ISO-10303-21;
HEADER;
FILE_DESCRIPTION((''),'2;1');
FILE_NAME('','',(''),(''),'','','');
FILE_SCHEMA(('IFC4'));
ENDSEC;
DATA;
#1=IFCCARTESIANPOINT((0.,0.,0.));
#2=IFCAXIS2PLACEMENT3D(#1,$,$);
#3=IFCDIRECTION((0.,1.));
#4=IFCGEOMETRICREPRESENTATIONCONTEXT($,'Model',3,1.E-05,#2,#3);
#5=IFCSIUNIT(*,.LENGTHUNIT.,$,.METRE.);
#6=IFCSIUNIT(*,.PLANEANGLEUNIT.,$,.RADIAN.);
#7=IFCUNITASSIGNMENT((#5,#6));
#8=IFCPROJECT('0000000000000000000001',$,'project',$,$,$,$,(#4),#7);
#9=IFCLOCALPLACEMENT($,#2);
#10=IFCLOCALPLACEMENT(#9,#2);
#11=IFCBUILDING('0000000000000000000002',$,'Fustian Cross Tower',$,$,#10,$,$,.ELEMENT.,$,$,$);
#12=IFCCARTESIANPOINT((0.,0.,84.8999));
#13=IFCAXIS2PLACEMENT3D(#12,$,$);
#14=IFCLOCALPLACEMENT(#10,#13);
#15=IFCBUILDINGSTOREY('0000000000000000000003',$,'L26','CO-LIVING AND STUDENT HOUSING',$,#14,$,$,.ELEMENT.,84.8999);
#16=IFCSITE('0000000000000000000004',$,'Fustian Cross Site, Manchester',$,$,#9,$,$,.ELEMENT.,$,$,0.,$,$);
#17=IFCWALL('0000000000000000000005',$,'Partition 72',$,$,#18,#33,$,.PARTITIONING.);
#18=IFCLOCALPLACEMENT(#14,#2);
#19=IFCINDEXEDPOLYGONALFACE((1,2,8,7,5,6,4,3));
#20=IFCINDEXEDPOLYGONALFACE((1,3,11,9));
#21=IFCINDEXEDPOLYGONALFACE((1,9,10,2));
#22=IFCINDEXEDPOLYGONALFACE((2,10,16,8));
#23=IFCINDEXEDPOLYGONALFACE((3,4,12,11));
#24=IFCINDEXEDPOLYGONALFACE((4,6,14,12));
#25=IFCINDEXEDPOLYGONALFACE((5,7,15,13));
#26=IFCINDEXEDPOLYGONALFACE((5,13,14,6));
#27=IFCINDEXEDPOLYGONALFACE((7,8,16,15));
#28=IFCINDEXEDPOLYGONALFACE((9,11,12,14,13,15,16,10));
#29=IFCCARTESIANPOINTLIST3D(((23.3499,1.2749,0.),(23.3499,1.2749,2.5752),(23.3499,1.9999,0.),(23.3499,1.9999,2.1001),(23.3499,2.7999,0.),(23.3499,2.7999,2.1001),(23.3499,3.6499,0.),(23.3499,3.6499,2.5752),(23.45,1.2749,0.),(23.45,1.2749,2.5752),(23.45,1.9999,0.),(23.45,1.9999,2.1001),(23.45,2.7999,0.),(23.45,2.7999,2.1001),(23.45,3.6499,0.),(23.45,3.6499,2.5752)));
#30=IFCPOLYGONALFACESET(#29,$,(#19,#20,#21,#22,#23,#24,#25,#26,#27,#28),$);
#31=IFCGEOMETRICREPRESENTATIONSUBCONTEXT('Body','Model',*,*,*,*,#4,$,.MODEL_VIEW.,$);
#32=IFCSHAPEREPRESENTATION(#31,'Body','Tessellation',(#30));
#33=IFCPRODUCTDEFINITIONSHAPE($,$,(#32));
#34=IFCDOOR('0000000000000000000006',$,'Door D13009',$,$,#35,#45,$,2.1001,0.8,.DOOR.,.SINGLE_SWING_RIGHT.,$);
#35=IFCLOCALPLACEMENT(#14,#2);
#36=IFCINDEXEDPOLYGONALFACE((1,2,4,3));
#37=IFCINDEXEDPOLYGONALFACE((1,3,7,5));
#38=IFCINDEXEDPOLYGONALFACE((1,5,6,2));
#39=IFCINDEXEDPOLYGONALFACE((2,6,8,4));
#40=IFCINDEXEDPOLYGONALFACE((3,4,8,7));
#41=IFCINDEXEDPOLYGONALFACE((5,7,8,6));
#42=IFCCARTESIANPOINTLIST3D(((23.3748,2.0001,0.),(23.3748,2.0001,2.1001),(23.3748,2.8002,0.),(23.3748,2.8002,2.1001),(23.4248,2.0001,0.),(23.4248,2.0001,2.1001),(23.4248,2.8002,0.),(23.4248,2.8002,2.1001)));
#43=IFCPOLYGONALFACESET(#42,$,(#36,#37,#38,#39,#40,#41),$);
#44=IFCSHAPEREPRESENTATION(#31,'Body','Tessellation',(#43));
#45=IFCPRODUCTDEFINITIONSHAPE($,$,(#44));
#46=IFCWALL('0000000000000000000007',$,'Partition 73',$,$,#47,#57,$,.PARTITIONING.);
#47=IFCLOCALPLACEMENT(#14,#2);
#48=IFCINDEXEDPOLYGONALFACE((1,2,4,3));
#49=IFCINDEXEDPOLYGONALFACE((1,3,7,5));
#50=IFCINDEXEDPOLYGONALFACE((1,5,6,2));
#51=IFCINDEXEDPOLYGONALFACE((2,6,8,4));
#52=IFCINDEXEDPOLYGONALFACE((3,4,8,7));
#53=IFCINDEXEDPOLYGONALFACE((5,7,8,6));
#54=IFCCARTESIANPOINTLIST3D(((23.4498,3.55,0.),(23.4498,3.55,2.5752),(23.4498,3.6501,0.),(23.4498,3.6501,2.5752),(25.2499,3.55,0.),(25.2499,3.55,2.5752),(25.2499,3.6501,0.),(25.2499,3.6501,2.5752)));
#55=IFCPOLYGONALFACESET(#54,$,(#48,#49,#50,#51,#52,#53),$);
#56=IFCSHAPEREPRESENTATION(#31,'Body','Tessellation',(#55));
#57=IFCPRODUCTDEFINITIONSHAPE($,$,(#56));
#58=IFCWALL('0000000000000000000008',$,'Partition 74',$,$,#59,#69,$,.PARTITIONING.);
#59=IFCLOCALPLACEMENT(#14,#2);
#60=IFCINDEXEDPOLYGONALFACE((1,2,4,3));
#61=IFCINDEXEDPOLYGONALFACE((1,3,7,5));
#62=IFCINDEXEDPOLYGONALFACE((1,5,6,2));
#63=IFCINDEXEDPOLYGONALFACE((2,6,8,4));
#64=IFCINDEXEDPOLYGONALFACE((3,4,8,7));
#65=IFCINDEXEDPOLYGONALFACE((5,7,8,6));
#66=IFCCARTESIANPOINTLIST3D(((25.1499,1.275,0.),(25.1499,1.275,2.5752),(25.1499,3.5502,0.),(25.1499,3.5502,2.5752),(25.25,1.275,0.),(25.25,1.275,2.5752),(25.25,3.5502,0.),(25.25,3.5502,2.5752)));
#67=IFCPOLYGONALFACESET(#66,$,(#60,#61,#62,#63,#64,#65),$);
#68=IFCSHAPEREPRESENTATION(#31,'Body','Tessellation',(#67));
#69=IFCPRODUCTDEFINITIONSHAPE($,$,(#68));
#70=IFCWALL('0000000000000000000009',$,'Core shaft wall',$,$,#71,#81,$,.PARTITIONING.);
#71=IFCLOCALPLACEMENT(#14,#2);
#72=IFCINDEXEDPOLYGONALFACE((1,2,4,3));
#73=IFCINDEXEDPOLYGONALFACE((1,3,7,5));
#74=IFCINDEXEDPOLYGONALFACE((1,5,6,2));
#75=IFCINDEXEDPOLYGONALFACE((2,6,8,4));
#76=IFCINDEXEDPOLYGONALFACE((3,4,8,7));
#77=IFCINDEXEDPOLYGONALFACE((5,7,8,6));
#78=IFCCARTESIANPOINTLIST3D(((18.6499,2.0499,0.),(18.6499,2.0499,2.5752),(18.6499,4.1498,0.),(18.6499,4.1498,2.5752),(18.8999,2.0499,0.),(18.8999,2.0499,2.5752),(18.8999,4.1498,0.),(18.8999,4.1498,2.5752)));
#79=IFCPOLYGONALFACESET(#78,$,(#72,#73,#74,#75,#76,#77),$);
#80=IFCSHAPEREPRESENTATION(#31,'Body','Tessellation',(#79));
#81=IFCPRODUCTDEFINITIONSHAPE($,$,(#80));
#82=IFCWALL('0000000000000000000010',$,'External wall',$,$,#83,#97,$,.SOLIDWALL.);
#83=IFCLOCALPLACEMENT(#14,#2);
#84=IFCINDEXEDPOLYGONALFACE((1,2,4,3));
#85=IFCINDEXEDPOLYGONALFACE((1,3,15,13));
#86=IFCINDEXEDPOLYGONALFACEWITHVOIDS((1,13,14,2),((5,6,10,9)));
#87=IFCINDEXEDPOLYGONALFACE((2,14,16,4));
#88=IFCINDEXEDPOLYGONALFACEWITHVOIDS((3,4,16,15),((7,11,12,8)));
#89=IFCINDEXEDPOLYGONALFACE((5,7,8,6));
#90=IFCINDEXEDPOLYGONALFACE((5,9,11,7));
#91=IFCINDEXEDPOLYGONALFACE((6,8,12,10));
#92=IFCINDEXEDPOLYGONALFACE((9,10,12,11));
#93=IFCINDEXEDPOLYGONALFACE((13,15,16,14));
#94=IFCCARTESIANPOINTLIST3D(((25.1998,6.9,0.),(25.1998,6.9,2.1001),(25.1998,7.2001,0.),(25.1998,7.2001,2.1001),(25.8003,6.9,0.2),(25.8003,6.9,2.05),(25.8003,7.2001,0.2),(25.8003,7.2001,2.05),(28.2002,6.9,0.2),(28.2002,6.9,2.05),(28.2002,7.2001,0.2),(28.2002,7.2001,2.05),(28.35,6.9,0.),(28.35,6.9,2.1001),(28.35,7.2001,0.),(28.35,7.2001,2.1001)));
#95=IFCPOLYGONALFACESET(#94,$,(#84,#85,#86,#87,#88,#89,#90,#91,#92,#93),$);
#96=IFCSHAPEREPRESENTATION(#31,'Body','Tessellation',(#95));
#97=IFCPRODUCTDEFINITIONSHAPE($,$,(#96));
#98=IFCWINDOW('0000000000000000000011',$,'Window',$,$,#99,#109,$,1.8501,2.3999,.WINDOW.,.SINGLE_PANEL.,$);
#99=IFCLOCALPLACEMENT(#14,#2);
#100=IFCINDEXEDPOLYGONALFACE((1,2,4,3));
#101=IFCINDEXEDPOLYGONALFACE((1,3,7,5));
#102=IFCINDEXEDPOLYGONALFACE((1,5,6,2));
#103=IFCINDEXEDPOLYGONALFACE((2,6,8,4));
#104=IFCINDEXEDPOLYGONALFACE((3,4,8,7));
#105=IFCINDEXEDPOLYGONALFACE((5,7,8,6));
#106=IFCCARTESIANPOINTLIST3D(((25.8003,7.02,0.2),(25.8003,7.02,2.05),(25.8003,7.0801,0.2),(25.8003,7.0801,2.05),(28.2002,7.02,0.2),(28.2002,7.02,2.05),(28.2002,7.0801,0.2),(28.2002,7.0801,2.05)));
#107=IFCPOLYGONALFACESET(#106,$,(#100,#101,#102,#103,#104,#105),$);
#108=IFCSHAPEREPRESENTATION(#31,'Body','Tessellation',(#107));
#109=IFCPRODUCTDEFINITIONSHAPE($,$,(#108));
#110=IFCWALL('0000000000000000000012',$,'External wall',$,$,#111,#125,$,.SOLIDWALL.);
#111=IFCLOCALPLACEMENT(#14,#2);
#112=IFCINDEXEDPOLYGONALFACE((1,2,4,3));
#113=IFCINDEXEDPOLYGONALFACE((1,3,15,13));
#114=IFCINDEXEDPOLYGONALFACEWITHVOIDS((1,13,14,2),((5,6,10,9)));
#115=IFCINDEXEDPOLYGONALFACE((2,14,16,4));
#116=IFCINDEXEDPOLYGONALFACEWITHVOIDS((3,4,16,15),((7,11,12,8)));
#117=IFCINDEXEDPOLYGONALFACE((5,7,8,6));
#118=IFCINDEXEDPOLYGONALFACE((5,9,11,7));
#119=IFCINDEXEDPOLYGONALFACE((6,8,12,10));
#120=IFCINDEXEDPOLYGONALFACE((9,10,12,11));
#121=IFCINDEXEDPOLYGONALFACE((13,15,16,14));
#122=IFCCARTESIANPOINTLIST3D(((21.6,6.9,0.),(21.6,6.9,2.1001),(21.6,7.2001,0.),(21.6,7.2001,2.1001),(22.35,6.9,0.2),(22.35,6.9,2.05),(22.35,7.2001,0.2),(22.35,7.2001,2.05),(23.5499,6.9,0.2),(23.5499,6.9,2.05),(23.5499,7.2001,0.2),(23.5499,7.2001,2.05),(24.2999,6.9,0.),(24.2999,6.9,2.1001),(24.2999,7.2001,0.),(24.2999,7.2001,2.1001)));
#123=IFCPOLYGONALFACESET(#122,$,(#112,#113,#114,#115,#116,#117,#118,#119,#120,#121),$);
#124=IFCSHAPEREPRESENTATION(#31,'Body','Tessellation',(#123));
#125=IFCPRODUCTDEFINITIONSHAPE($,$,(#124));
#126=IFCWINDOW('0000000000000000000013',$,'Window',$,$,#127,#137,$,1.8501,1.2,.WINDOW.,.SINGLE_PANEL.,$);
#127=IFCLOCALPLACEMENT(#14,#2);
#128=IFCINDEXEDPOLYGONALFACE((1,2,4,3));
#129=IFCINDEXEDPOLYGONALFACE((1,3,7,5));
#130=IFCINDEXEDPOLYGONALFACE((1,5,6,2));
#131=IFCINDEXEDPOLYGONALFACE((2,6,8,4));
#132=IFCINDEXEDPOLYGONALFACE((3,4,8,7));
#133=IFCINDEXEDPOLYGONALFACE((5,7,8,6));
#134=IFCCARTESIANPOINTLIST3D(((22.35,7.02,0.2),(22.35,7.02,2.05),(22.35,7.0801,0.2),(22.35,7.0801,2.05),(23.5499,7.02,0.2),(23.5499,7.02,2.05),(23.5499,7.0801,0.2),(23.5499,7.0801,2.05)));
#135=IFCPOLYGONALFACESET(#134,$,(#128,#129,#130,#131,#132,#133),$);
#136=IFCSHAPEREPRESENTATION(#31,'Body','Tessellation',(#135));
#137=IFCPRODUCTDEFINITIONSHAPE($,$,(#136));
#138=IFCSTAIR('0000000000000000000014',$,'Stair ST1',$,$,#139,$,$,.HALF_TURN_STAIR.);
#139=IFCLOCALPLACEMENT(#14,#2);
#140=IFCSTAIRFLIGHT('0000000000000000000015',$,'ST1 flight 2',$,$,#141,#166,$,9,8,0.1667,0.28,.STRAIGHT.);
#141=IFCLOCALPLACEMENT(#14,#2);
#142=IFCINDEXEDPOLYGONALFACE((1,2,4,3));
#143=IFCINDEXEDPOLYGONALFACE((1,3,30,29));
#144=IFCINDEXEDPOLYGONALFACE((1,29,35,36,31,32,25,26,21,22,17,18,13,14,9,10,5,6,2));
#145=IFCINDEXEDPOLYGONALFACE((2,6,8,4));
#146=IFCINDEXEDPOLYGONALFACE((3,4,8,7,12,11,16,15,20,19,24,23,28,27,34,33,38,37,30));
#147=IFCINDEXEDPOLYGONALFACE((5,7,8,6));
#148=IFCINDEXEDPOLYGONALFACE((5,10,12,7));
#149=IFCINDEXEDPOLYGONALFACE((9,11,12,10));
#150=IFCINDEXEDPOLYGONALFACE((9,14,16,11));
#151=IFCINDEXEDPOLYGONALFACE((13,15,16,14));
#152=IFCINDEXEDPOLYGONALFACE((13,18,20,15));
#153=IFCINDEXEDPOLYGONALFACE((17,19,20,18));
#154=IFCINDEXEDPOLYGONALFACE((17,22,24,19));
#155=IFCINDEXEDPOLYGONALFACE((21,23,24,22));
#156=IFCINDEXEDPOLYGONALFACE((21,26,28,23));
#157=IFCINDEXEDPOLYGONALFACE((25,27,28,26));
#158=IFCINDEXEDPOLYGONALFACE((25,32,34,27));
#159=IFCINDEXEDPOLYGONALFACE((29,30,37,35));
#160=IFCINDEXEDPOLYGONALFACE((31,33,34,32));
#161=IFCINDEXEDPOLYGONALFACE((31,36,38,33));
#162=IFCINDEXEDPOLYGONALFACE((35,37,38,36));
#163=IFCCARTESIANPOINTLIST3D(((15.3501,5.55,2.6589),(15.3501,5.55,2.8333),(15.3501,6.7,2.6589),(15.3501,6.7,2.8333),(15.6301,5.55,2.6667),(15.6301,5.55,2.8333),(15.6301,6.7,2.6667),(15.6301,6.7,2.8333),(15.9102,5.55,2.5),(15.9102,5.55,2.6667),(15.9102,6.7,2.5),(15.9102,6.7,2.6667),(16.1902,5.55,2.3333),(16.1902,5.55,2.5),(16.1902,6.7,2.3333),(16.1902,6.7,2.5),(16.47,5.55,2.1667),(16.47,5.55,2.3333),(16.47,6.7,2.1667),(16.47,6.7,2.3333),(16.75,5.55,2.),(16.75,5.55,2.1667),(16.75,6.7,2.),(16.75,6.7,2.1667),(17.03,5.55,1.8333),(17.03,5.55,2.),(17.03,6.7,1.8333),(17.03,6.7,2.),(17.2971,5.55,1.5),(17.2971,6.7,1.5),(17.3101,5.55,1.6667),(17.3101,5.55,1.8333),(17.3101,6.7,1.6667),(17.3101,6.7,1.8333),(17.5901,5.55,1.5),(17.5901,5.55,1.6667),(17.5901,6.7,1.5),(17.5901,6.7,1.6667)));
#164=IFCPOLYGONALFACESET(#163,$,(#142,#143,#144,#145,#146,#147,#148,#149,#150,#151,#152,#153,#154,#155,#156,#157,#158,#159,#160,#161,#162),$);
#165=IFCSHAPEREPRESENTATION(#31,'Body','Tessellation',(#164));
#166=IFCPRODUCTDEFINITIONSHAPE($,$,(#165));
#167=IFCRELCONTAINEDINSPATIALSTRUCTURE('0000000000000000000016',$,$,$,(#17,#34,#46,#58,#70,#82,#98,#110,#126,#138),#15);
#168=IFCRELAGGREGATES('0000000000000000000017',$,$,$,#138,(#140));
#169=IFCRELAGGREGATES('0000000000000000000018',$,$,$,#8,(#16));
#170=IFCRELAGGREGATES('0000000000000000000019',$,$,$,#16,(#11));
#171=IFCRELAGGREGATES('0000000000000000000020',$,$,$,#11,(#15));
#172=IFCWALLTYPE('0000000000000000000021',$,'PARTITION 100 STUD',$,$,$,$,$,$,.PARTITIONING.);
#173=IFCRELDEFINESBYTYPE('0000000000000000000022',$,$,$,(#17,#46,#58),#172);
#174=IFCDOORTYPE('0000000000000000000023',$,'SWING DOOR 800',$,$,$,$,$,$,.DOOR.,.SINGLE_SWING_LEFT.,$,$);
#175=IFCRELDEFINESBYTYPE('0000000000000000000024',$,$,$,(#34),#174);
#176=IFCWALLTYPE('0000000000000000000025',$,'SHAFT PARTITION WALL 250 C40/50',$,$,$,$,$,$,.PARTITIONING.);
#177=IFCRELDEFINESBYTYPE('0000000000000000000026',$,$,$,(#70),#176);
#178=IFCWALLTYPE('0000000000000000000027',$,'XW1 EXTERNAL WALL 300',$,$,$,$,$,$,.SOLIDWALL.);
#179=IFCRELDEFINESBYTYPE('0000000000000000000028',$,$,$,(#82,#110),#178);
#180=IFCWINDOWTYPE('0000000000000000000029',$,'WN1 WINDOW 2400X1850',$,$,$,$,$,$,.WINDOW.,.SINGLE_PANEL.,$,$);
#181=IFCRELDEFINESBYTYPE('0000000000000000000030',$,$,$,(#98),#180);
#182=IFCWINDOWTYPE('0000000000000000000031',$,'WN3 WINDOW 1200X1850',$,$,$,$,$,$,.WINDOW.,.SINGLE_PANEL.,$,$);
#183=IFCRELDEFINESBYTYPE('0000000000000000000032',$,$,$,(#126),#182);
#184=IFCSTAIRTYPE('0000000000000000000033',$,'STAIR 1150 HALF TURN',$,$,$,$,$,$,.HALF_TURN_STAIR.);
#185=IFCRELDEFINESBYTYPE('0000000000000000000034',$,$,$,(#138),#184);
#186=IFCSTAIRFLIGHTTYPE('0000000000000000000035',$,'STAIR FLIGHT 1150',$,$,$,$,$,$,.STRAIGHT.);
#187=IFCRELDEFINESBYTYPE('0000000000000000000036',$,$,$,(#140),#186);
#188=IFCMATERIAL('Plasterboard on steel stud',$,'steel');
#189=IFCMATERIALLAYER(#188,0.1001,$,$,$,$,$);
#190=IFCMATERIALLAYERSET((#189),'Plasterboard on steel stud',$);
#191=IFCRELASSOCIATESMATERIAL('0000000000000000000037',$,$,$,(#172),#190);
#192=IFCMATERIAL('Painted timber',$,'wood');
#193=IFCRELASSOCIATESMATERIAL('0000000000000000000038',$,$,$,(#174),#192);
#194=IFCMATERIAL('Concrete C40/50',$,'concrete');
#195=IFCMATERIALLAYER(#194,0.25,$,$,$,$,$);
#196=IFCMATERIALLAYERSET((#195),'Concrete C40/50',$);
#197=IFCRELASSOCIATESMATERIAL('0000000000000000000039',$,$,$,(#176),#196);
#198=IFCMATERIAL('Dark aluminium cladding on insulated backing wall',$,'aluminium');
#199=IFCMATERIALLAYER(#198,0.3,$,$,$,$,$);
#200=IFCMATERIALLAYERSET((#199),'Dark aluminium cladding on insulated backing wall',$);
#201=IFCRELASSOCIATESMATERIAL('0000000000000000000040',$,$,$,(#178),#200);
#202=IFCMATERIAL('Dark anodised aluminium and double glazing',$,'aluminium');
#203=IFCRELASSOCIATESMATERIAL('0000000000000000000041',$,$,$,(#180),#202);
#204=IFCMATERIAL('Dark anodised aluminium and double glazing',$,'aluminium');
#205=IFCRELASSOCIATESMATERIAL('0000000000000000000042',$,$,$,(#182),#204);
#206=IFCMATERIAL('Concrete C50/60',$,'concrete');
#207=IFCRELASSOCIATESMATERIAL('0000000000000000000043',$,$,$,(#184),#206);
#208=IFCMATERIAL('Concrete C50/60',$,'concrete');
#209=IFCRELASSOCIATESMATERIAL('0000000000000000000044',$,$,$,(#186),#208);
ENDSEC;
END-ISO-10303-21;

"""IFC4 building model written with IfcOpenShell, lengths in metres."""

from ifc_helpers import new_model, si_unit, direction, frame, frame_2d, origin, place, context, subcontext, project, spatial, polyline, rectangle, outline, extrude, material, layer, layer_set, type_object, element, fill, aggregate, save


model = new_model("IFC4")

# Units and contexts
model_context = context("Model", 3, precision=1e-05, world=origin(), true_north=direction((0.0, 1.0)))
body_context = subcontext(model_context, "Body", "Model", "MODEL_VIEW")
ifc_project = project(units=[si_unit("LENGTHUNIT", "METRE"), si_unit("PLANEANGLEUNIT", "RADIAN")], contexts=[model_context])

# Site, building, storey
site_placement = place(None, origin())
site = spatial("IfcSite", under=ifc_project, at=site_placement, Name="Fustian Cross Site, Manchester", CompositionType="ELEMENT", RefElevation=0.0)
building_placement = place(site_placement, origin())
building = spatial("IfcBuilding", under=site, at=building_placement, Name="Fustian Cross Tower", CompositionType="ELEMENT")
storey_placement = place(building_placement, frame((0.0, 0.0, 84.8999)))
storey = spatial("IfcBuildingStorey", under=building, at=storey_placement, Name="L26", Description="CO-LIVING AND STUDENT HOUSING", CompositionType="ELEMENT", Elevation=84.8999)

# Wall, opening, door
ifc_material_1 = material(Name="Plasterboard on steel stud", Category="steel")
ifc_layer_1 = layer(ifc_material_1, 0.1001)
ifc_layer_set_1 = layer_set([ifc_layer_1], Name="Plasterboard on steel stud")
wall_type_1 = type_object("IfcWallType", Name="PARTITION 100 STUD", PredefinedType="PARTITIONING", material=ifc_layer_set_1)
wall_1_placement = place(storey_placement, frame((23.3999, 1.2749, 0.0), z_axis=(0.0, 0.0, 1.0), x_axis=(0.0, 1.0, 0.0)))
wall_1 = element("IfcWall", 1, at=wall_1_placement, inside=storey, type_object=wall_type_1, Name="Partition 72", PredefinedType="PARTITIONING", context=body_context, shape_type="SweptSolid", body=[
    extrude(rectangle(XDim=2.375, YDim=0.1001, at=frame_2d((1.1875, 0.0))), origin(), (0.0, 0.0, 1.0), 2.5752),
])
opening_1_placement = place(wall_1_placement, frame((0.7251, 0.0, 0.0)))
opening_1 = element("IfcOpeningElement", 2, at=opening_1_placement, cuts=wall_1, PredefinedType="OPENING", context=body_context, shape_type="SweptSolid", body=[
    extrude(rectangle(XDim=0.8, YDim=2.1001, at=frame_2d((0.3999, 1.05))), frame((0.0, 0.0601, 0.0), z_axis=(0.0, -1.0, 0.0), x_axis=(1.0, 0.0, 0.0)), (0.0, 0.0, 1.0), 0.1201),
])
ifc_material_2 = material(Name="Painted timber", Category="wood")
door_type_1 = type_object("IfcDoorType", Name="SWING DOOR 800", OperationType="SINGLE_SWING_LEFT", PredefinedType="DOOR", material=ifc_material_2)
door_1_placement = place(opening_1_placement, frame((0.8, 0.0, 0.0), z_axis=(0.0, 0.0, 1.0), x_axis=(-1.0, 0.0, 0.0)))
door_1 = element("IfcDoor", 3, at=door_1_placement, inside=storey, type_object=door_type_1, Name="Door D13009", OperationType="SINGLE_SWING_RIGHT", OverallHeight=2.1001, OverallWidth=0.8, PredefinedType="DOOR", context=body_context, shape_type="SweptSolid", body=[
    extrude(rectangle(XDim=0.8, YDim=2.1001, at=frame_2d((0.3999, 1.05))), frame((0.0, 0.0249, 0.0), z_axis=(0.0, -1.0, 0.0), x_axis=(1.0, 0.0, 0.0)), (0.0, 0.0, 1.0), 0.05),
])
fill(opening_1, door_1)

# Walls
wall_2_placement = place(storey_placement, frame((23.45, 3.6001, 0.0), z_axis=(0.0, 0.0, 1.0), x_axis=(1.0, 0.0, 0.0)))
element("IfcWall", 4, at=wall_2_placement, inside=storey, type_object=wall_type_1, Name="Partition 73", PredefinedType="PARTITIONING", context=body_context, shape_type="SweptSolid", body=[
    extrude(rectangle(XDim=1.8, YDim=0.1001, at=frame_2d((0.8999, 0.0))), origin(), (0.0, 0.0, 1.0), 2.5752),
])
wall_3_placement = place(storey_placement, frame((25.2, 1.2749, 0.0), z_axis=(0.0, 0.0, 1.0), x_axis=(0.0, 1.0, 0.0)))
element("IfcWall", 5, at=wall_3_placement, inside=storey, type_object=wall_type_1, Name="Partition 74", PredefinedType="PARTITIONING", context=body_context, shape_type="SweptSolid", body=[
    extrude(rectangle(XDim=2.2751, YDim=0.1001, at=frame_2d((1.1377, 0.0))), origin(), (0.0, 0.0, 1.0), 2.5752),
])
ifc_material_3 = material(Name="Concrete C40/50", Category="concrete")
ifc_layer_2 = layer(ifc_material_3, 0.25)
ifc_layer_set_2 = layer_set([ifc_layer_2], Name="Concrete C40/50")
wall_type_2 = type_object("IfcWallType", Name="SHAFT PARTITION WALL 250 C40/50", PredefinedType="PARTITIONING", material=ifc_layer_set_2)
wall_4_placement = place(storey_placement, frame((18.7749, 2.05, 0.0), z_axis=(0.0, 0.0, 1.0), x_axis=(0.0, 1.0, 0.0)))
element("IfcWall", 6, at=wall_4_placement, inside=storey, type_object=wall_type_2, Name="Core shaft wall", PredefinedType="PARTITIONING", context=body_context, shape_type="SweptSolid", body=[
    extrude(rectangle(XDim=2.0999, YDim=0.25, at=frame_2d((1.0498, 0.0))), origin(), (0.0, 0.0, 1.0), 2.5752),
])

# Walls, openings, windows
ifc_material_4 = material(Name="Dark aluminium cladding on insulated backing wall", Category="aluminium")
ifc_layer_3 = layer(ifc_material_4, 0.3)
ifc_layer_set_3 = layer_set([ifc_layer_3], Name="Dark aluminium cladding on insulated backing wall")
wall_type_3 = type_object("IfcWallType", Name="XW1 EXTERNAL WALL 300", PredefinedType="SOLIDWALL", material=ifc_layer_set_3)
wall_5_placement = place(storey_placement, frame((28.3501, 7.05, 0.0), z_axis=(0.0, 0.0, 1.0), x_axis=(-1.0, 0.0, 0.0)))
wall_5 = element("IfcWall", 7, at=wall_5_placement, inside=storey, type_object=wall_type_3, Name="External wall", PredefinedType="SOLIDWALL", context=body_context, shape_type="SweptSolid", body=[
    extrude(rectangle(XDim=3.1501, YDim=0.3, at=frame_2d((1.5752, 0.0))), origin(), (0.0, 0.0, 1.0), 2.1001),
])
opening_2_placement = place(wall_5_placement, frame((0.1499, 0.0, 0.2)))
opening_2 = element("IfcOpeningElement", 8, at=opening_2_placement, cuts=wall_5, PredefinedType="OPENING", context=body_context, shape_type="SweptSolid", body=[
    extrude(rectangle(XDim=2.3999, YDim=1.8501, at=frame_2d((1.2, 0.925))), frame((0.0, 0.1599, 0.0), z_axis=(0.0, -1.0, 0.0), x_axis=(1.0, 0.0, 0.0)), (0.0, 0.0, 1.0), 0.3201),
])
ifc_material_5 = material(Name="Dark anodised aluminium and double glazing", Category="aluminium")
window_type_1 = type_object("IfcWindowType", Name="WN1 WINDOW 2400X1850", PartitioningType="SINGLE_PANEL", PredefinedType="WINDOW", material=ifc_material_5)
window_1_placement = place(opening_2_placement, origin())
window_1 = element("IfcWindow", 9, at=window_1_placement, inside=storey, type_object=window_type_1, Name="Window", OverallHeight=1.8501, OverallWidth=2.3999, PartitioningType="SINGLE_PANEL", PredefinedType="WINDOW", context=body_context, shape_type="SweptSolid", body=[
    extrude(rectangle(XDim=2.3999, YDim=1.8501, at=frame_2d((1.2, 0.925))), frame((0.0, 0.03, 0.0), z_axis=(0.0, -1.0, 0.0), x_axis=(1.0, 0.0, 0.0)), (0.0, 0.0, 1.0), 0.0601),
])
fill(opening_2, window_1)
wall_6_placement = place(storey_placement, frame((24.3, 7.05, 0.0), z_axis=(0.0, 0.0, 1.0), x_axis=(-1.0, 0.0, 0.0)))
wall_6 = element("IfcWall", 10, at=wall_6_placement, inside=storey, type_object=wall_type_3, Name="External wall", PredefinedType="SOLIDWALL", context=body_context, shape_type="SweptSolid", body=[
    extrude(rectangle(XDim=2.7, YDim=0.3, at=frame_2d((1.3501, 0.0))), origin(), (0.0, 0.0, 1.0), 2.1001),
])
opening_3_placement = place(wall_6_placement, frame((0.75, 0.0, 0.2)))
opening_3 = element("IfcOpeningElement", 11, at=opening_3_placement, cuts=wall_6, PredefinedType="OPENING", context=body_context, shape_type="SweptSolid", body=[
    extrude(rectangle(XDim=1.2, YDim=1.8501, at=frame_2d((0.6001, 0.925))), frame((0.0, 0.1599, 0.0), z_axis=(0.0, -1.0, 0.0), x_axis=(1.0, 0.0, 0.0)), (0.0, 0.0, 1.0), 0.3201),
])
ifc_material_6 = material(Name="Dark anodised aluminium and double glazing", Category="aluminium")
window_type_2 = type_object("IfcWindowType", Name="WN3 WINDOW 1200X1850", PartitioningType="SINGLE_PANEL", PredefinedType="WINDOW", material=ifc_material_6)
window_2_placement = place(opening_3_placement, origin())
window_2 = element("IfcWindow", 12, at=window_2_placement, inside=storey, type_object=window_type_2, Name="Window", OverallHeight=1.8501, OverallWidth=1.2, PartitioningType="SINGLE_PANEL", PredefinedType="WINDOW", context=body_context, shape_type="SweptSolid", body=[
    extrude(rectangle(XDim=1.2, YDim=1.8501, at=frame_2d((0.6001, 0.925))), frame((0.0, 0.03, 0.0), z_axis=(0.0, -1.0, 0.0), x_axis=(1.0, 0.0, 0.0)), (0.0, 0.0, 1.0), 0.0601),
])
fill(opening_3, window_2)

# Stair, stair flight
ifc_material_7 = material(Name="Concrete C50/60", Category="concrete")
stair_type = type_object("IfcStairType", Name="STAIR 1150 HALF TURN", PredefinedType="HALF_TURN_STAIR", material=ifc_material_7)
stair_placement = place(storey_placement, origin())
stair = element("IfcStair", 13, at=stair_placement, inside=storey, type_object=stair_type, Name="Stair ST1", PredefinedType="HALF_TURN_STAIR")
ifc_material_8 = material(Name="Concrete C50/60", Category="concrete")
stair_flight_type = type_object("IfcStairFlightType", Name="STAIR FLIGHT 1150", PredefinedType="STRAIGHT", material=ifc_material_8)
stair_flight_placement = place(storey_placement, frame((17.5901, 6.125, 1.5), z_axis=(0.0, 0.0, 1.0), x_axis=(-1.0, 0.0, 0.0)))
stair_flight = element("IfcStairFlight", 14, at=stair_flight_placement, type_object=stair_flight_type, Name="ST1 flight 2", NumberOfRisers=9, NumberOfTreads=8, PredefinedType="STRAIGHT", RiserHeight=0.1667, TreadLength=0.28, context=body_context, shape_type="SweptSolid", body=[
    extrude(outline(polyline([(0.0, 0.0), (0.0, 0.1667), (0.28, 0.1667), (0.28, 0.3333), (0.5601, 0.3333), (0.5601, 0.5), (0.8401, 0.5), (0.8401, 0.6667), (1.1201, 0.6667), (1.1201, 0.8333), (1.3999, 0.8333), (1.3999, 1.0), (1.6799, 1.0), (1.6799, 1.1667), (1.96, 1.1667), (1.96, 1.3333), (2.24, 1.3333), (2.24, 1.5), (2.24, 1.1589), (0.293, 0.0), (0.0, 0.0)])), frame((0.0, 0.575, 0.0), z_axis=(0.0, -1.0, 0.0), x_axis=(1.0, 0.0, 0.0)), (0.0, 0.0, 1.0), 1.1499),
])
aggregate(stair, [stair_flight])

save(model, "model.ifc")
